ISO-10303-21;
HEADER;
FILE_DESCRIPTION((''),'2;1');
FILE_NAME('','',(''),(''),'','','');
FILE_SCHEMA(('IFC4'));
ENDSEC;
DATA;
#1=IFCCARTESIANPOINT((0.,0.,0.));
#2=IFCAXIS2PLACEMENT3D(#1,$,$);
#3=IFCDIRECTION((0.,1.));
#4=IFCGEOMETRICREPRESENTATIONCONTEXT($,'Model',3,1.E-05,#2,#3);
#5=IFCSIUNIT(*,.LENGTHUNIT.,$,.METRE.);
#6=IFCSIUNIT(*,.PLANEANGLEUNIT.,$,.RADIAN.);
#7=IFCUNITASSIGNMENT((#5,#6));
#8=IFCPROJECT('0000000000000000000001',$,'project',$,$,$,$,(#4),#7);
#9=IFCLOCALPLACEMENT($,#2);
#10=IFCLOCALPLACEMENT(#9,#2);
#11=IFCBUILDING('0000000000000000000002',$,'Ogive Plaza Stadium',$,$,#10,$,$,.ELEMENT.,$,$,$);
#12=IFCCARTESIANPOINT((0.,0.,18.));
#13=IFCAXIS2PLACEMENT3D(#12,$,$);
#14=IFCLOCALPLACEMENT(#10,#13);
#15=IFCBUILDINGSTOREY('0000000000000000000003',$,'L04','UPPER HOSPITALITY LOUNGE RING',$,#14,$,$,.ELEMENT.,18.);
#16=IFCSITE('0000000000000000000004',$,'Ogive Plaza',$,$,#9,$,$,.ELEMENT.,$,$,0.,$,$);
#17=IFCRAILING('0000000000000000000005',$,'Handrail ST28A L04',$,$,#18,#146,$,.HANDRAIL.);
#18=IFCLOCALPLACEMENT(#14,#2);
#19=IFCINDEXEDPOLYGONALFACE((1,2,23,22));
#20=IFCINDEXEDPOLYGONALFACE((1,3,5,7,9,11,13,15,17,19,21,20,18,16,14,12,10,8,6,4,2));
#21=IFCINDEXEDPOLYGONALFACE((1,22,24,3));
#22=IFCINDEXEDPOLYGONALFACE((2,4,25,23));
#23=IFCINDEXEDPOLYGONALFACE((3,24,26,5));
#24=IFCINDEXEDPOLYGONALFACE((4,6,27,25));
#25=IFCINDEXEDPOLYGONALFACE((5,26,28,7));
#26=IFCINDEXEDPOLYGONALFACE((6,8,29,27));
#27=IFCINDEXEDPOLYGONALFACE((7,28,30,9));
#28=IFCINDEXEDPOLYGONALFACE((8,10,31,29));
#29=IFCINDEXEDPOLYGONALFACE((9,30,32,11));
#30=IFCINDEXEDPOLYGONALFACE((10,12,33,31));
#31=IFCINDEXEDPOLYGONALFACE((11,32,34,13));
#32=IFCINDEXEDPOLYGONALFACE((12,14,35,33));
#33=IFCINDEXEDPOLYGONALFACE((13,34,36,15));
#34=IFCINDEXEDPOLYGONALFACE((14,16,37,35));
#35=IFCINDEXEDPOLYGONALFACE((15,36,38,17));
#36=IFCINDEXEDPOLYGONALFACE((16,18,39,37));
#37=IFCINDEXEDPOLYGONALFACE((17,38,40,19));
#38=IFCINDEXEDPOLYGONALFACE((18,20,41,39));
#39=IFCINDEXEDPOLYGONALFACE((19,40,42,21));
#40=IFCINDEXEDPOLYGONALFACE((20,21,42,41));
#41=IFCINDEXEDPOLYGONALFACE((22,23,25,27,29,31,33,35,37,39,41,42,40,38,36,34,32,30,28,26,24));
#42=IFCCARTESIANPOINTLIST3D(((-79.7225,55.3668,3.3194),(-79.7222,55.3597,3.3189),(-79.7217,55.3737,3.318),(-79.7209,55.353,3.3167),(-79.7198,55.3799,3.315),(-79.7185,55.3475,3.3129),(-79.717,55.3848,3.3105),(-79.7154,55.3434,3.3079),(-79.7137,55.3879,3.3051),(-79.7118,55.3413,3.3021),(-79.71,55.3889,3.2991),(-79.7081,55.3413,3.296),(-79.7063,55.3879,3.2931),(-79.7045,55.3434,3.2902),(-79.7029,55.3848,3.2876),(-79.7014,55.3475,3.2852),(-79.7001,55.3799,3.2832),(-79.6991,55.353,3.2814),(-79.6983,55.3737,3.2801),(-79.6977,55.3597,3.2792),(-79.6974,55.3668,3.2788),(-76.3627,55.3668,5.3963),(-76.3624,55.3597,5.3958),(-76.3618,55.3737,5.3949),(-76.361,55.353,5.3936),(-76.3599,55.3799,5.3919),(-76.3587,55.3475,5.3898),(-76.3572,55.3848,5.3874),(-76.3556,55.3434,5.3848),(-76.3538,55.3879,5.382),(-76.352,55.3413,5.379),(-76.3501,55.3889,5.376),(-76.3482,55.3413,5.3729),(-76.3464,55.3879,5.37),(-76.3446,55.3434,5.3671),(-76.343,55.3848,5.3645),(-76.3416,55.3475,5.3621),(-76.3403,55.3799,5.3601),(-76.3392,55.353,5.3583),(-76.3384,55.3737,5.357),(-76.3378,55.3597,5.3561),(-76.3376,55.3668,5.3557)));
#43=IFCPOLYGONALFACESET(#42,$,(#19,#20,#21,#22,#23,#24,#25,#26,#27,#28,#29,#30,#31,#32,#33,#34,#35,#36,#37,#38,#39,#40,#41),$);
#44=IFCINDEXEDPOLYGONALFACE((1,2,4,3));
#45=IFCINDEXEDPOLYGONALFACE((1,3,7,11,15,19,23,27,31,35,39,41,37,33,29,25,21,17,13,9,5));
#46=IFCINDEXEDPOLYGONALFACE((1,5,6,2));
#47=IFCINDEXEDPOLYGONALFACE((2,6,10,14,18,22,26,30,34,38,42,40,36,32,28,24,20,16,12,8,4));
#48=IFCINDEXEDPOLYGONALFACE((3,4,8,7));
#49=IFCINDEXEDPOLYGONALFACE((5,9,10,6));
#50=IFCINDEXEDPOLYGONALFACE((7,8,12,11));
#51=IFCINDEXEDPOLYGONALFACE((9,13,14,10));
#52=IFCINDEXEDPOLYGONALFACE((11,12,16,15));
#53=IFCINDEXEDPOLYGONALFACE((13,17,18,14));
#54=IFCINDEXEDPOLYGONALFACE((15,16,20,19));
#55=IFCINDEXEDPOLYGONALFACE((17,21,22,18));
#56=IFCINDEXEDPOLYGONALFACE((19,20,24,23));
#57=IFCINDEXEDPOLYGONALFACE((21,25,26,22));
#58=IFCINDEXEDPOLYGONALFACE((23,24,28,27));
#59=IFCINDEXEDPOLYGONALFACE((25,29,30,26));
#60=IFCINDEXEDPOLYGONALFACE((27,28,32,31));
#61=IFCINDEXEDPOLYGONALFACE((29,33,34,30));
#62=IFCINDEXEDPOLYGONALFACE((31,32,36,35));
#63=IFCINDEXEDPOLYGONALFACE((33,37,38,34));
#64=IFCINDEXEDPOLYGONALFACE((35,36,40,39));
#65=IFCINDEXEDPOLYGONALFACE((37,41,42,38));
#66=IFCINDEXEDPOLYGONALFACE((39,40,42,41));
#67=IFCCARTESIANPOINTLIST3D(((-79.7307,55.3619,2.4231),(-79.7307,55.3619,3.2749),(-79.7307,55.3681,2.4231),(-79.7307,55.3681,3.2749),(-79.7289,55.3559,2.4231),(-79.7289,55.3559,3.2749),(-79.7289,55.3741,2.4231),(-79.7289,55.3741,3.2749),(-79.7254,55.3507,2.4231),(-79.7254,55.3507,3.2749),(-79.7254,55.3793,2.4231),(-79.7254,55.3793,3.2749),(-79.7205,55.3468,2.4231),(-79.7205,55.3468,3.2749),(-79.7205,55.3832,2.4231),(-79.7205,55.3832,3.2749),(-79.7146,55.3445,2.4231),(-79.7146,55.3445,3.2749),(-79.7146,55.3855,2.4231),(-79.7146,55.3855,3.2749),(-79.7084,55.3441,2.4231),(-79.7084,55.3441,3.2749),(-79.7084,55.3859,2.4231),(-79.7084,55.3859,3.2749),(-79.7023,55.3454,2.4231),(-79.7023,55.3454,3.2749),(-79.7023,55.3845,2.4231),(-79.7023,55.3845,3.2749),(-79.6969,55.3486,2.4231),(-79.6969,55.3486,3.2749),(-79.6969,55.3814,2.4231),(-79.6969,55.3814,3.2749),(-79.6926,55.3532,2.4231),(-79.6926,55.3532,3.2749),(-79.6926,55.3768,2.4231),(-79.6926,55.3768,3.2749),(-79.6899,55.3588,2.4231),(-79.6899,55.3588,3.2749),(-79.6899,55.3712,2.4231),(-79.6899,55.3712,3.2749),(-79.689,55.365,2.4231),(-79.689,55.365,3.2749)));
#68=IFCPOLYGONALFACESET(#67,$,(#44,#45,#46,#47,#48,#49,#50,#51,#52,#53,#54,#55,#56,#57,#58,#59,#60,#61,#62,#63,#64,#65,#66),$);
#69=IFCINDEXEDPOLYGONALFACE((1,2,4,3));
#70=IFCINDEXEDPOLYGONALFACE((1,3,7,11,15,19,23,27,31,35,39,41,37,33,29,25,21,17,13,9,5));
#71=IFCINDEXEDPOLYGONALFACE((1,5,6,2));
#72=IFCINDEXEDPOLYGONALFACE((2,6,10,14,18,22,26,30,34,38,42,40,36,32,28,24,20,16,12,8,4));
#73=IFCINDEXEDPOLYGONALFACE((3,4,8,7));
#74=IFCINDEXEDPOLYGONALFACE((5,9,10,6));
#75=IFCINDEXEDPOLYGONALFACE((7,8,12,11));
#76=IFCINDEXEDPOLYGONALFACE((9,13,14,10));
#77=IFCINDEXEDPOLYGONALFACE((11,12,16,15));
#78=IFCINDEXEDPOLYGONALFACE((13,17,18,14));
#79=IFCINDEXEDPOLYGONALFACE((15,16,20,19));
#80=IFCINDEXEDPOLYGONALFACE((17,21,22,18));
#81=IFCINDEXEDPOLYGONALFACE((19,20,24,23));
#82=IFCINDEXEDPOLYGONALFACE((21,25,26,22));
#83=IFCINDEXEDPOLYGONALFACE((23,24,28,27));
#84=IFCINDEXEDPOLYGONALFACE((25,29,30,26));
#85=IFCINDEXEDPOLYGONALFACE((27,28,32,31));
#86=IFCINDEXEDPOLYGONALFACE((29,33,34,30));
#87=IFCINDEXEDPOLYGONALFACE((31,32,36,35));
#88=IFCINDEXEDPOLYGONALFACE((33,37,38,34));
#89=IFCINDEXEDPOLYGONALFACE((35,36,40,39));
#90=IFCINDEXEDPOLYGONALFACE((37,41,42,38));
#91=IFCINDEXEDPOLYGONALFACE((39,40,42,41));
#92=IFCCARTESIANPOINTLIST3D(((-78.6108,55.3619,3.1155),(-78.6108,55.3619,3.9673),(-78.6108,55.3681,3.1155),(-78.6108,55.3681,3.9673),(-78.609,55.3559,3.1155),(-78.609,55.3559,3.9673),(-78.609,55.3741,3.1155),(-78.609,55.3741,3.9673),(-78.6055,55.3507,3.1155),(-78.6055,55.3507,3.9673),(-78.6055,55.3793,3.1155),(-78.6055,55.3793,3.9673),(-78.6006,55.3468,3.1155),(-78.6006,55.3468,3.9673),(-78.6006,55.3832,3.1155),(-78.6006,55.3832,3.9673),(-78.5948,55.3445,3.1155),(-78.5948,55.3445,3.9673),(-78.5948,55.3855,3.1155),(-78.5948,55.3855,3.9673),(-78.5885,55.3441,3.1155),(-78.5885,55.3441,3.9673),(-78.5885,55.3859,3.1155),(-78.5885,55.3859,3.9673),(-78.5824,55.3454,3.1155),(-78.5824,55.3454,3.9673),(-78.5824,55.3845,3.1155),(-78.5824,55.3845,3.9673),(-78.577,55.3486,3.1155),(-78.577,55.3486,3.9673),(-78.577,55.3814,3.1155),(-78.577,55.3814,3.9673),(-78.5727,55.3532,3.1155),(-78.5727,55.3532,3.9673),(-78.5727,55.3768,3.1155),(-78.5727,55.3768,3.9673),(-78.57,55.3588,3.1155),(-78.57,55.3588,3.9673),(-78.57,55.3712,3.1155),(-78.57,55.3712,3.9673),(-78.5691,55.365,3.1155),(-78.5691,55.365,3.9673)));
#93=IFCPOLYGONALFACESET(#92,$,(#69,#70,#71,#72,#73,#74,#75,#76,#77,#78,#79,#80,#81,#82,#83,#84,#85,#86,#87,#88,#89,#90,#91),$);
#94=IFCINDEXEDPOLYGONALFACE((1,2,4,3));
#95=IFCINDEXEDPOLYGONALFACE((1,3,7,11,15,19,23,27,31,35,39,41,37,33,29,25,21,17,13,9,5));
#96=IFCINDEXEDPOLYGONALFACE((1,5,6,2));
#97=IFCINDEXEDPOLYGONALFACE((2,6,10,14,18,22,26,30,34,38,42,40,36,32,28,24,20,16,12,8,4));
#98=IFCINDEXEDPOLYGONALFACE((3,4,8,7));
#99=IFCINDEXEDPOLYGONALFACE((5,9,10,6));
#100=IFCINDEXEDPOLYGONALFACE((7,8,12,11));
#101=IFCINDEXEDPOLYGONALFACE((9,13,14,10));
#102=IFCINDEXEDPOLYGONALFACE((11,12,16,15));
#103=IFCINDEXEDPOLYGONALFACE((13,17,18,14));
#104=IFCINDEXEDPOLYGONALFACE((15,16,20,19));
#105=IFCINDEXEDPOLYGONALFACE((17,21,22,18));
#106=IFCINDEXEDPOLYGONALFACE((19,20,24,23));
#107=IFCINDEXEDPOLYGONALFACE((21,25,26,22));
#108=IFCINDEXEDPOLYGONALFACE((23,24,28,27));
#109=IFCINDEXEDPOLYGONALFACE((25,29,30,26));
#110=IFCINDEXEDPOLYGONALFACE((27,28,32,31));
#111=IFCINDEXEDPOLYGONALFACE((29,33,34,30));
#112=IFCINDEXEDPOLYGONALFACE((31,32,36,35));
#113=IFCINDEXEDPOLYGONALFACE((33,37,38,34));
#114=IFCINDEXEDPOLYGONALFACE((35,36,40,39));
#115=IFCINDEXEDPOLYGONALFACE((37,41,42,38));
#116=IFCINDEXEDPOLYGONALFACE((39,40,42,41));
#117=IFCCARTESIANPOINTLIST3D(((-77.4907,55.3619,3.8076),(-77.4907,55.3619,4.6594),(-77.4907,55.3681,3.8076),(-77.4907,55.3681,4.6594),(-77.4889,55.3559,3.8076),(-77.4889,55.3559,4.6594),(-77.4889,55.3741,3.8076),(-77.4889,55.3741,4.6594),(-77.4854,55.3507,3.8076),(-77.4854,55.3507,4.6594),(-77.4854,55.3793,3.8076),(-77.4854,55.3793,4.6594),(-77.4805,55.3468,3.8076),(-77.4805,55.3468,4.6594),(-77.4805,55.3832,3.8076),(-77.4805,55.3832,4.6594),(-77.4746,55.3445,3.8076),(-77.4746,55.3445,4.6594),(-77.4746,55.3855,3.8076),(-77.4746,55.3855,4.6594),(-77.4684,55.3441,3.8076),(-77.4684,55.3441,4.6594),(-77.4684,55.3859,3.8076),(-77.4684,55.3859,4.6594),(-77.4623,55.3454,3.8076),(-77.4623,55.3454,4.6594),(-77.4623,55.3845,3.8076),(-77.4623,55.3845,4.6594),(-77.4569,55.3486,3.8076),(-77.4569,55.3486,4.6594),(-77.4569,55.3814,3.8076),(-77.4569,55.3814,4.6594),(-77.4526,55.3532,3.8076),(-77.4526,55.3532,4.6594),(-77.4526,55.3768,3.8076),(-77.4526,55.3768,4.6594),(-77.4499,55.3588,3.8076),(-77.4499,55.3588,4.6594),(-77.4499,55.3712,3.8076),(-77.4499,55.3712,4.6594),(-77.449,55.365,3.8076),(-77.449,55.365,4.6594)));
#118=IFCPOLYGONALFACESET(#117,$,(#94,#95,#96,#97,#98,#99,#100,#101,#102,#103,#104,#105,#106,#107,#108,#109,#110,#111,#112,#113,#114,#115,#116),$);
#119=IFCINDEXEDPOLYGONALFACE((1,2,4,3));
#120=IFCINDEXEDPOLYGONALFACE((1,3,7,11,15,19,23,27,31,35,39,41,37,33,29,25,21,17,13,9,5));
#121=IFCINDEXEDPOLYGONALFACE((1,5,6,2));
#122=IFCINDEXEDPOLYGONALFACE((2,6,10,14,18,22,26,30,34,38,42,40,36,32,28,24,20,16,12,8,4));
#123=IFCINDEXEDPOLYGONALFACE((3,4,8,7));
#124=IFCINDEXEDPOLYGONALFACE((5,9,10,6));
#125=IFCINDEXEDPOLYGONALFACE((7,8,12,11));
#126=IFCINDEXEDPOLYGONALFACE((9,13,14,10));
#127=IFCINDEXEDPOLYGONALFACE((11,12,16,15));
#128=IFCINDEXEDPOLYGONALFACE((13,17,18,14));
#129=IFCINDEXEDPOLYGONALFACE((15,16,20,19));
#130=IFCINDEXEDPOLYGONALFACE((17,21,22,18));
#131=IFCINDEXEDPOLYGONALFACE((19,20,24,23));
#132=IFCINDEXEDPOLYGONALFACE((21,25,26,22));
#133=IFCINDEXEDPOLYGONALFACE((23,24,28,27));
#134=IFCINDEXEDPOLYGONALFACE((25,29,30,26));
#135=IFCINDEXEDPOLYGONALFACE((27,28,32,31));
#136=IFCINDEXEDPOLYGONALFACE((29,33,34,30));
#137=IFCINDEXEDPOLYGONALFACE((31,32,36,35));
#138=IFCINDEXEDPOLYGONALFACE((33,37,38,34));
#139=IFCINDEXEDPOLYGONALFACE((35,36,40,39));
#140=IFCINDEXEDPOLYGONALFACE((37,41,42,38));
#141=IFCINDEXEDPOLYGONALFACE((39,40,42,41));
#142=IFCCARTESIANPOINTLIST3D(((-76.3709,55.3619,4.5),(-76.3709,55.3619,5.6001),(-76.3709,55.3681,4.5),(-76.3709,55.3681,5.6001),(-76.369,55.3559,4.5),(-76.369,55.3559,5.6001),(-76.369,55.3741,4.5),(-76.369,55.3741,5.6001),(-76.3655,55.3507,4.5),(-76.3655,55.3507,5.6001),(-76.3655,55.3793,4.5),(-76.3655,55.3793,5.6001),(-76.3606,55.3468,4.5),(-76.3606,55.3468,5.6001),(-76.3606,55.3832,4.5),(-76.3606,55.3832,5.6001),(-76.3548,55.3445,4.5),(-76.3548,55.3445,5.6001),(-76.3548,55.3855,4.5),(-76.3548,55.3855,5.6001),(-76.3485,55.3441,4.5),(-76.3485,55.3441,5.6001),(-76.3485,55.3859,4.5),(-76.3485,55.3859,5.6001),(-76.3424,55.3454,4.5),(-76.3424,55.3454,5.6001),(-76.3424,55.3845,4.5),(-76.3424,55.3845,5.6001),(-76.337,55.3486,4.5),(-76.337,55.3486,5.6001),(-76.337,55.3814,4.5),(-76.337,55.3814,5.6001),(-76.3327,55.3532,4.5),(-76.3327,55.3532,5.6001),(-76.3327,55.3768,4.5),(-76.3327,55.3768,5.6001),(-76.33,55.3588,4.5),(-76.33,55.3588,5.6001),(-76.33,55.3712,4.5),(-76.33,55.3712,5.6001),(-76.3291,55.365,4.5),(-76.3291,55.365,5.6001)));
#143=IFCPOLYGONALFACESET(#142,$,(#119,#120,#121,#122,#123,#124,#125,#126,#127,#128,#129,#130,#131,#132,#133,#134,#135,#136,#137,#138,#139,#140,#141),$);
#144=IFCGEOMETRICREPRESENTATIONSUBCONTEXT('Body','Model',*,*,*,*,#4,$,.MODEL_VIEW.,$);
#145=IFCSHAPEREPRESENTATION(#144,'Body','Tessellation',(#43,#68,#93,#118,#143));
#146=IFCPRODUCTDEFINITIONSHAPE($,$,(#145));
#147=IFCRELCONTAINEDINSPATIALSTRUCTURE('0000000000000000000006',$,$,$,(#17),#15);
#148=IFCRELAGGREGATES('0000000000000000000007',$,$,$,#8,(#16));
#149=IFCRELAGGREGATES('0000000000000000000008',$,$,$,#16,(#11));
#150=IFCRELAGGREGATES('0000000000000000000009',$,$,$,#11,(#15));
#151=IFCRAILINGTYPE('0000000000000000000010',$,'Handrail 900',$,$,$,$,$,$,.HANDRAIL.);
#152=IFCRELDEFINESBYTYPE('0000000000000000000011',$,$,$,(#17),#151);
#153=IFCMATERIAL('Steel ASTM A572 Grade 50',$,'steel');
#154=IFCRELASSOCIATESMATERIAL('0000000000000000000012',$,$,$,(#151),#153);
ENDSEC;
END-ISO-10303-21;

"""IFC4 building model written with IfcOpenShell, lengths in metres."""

from ifc_helpers import new_model, si_unit, direction, frame, origin, origin_2d, place, context, subcontext, project, spatial, circle, extrude, material, type_object, element, save


model = new_model("IFC4")

# Units and contexts
model_context = context("Model", 3, precision=1e-05, world=origin(), true_north=direction((0.0, 1.0)))
body_context = subcontext(model_context, "Body", "Model", "MODEL_VIEW")
ifc_project = project(units=[si_unit("LENGTHUNIT", "METRE"), si_unit("PLANEANGLEUNIT", "RADIAN")], contexts=[model_context])

# Site, building, storey
site_placement = place(None, origin())
site = spatial("IfcSite", under=ifc_project, at=site_placement, Name="Ogive Plaza", CompositionType="ELEMENT", RefElevation=0.0)
building_placement = place(site_placement, origin())
building = spatial("IfcBuilding", under=site, at=building_placement, Name="Ogive Plaza Stadium", CompositionType="ELEMENT")
storey_placement = place(building_placement, frame((0.0, 0.0, 18.0)))
storey = spatial("IfcBuildingStorey", under=building, at=storey_placement, Name="L04", Description="UPPER HOSPITALITY LOUNGE RING", CompositionType="ELEMENT", Elevation=18.0)

# Railing
ifc_material_1 = material(Name="Steel ASTM A572 Grade 50", Category="steel")
railing_type_1 = type_object("IfcRailingType", Name="Handrail 900", PredefinedType="HANDRAIL", material=ifc_material_1)
for number, where, name in (
    (1, (-79.71, 55.365, 2.4231), "Handrail ST28A L04"),
):
    element("IfcRailing", number, at=place(storey_placement, frame(where)), inside=storey, type_object=railing_type_1, Name=name, PredefinedType="HANDRAIL", context=body_context, shape_type="SweptSolid", body=[
        extrude(circle(Radius=0.0239, at=origin_2d()), frame((0.0, 0.0, 0.876), z_axis=(0.850606, 0.0, 0.525803), x_axis=(0.0, 1.0, 0.0)), (0.0, 0.0, 1.0), 3.95),
        extrude(circle(Radius=0.021, at=origin_2d()), origin(), (0.0, 0.0, 1.0), 0.8518),
        extrude(circle(Radius=0.021, at=origin_2d()), frame((1.1199, 0.0, 0.6924)), (0.0, 0.0, 1.0), 0.8518),
        extrude(circle(Radius=0.021, at=origin_2d()), frame((2.24, 0.0, 1.3845)), (0.0, 0.0, 1.0), 0.8518),
        extrude(circle(Radius=0.021, at=origin_2d()), frame((3.3599, 0.0, 2.0769)), (0.0, 0.0, 1.0), 1.1001),
    ])

save(model, "model.ifc")
